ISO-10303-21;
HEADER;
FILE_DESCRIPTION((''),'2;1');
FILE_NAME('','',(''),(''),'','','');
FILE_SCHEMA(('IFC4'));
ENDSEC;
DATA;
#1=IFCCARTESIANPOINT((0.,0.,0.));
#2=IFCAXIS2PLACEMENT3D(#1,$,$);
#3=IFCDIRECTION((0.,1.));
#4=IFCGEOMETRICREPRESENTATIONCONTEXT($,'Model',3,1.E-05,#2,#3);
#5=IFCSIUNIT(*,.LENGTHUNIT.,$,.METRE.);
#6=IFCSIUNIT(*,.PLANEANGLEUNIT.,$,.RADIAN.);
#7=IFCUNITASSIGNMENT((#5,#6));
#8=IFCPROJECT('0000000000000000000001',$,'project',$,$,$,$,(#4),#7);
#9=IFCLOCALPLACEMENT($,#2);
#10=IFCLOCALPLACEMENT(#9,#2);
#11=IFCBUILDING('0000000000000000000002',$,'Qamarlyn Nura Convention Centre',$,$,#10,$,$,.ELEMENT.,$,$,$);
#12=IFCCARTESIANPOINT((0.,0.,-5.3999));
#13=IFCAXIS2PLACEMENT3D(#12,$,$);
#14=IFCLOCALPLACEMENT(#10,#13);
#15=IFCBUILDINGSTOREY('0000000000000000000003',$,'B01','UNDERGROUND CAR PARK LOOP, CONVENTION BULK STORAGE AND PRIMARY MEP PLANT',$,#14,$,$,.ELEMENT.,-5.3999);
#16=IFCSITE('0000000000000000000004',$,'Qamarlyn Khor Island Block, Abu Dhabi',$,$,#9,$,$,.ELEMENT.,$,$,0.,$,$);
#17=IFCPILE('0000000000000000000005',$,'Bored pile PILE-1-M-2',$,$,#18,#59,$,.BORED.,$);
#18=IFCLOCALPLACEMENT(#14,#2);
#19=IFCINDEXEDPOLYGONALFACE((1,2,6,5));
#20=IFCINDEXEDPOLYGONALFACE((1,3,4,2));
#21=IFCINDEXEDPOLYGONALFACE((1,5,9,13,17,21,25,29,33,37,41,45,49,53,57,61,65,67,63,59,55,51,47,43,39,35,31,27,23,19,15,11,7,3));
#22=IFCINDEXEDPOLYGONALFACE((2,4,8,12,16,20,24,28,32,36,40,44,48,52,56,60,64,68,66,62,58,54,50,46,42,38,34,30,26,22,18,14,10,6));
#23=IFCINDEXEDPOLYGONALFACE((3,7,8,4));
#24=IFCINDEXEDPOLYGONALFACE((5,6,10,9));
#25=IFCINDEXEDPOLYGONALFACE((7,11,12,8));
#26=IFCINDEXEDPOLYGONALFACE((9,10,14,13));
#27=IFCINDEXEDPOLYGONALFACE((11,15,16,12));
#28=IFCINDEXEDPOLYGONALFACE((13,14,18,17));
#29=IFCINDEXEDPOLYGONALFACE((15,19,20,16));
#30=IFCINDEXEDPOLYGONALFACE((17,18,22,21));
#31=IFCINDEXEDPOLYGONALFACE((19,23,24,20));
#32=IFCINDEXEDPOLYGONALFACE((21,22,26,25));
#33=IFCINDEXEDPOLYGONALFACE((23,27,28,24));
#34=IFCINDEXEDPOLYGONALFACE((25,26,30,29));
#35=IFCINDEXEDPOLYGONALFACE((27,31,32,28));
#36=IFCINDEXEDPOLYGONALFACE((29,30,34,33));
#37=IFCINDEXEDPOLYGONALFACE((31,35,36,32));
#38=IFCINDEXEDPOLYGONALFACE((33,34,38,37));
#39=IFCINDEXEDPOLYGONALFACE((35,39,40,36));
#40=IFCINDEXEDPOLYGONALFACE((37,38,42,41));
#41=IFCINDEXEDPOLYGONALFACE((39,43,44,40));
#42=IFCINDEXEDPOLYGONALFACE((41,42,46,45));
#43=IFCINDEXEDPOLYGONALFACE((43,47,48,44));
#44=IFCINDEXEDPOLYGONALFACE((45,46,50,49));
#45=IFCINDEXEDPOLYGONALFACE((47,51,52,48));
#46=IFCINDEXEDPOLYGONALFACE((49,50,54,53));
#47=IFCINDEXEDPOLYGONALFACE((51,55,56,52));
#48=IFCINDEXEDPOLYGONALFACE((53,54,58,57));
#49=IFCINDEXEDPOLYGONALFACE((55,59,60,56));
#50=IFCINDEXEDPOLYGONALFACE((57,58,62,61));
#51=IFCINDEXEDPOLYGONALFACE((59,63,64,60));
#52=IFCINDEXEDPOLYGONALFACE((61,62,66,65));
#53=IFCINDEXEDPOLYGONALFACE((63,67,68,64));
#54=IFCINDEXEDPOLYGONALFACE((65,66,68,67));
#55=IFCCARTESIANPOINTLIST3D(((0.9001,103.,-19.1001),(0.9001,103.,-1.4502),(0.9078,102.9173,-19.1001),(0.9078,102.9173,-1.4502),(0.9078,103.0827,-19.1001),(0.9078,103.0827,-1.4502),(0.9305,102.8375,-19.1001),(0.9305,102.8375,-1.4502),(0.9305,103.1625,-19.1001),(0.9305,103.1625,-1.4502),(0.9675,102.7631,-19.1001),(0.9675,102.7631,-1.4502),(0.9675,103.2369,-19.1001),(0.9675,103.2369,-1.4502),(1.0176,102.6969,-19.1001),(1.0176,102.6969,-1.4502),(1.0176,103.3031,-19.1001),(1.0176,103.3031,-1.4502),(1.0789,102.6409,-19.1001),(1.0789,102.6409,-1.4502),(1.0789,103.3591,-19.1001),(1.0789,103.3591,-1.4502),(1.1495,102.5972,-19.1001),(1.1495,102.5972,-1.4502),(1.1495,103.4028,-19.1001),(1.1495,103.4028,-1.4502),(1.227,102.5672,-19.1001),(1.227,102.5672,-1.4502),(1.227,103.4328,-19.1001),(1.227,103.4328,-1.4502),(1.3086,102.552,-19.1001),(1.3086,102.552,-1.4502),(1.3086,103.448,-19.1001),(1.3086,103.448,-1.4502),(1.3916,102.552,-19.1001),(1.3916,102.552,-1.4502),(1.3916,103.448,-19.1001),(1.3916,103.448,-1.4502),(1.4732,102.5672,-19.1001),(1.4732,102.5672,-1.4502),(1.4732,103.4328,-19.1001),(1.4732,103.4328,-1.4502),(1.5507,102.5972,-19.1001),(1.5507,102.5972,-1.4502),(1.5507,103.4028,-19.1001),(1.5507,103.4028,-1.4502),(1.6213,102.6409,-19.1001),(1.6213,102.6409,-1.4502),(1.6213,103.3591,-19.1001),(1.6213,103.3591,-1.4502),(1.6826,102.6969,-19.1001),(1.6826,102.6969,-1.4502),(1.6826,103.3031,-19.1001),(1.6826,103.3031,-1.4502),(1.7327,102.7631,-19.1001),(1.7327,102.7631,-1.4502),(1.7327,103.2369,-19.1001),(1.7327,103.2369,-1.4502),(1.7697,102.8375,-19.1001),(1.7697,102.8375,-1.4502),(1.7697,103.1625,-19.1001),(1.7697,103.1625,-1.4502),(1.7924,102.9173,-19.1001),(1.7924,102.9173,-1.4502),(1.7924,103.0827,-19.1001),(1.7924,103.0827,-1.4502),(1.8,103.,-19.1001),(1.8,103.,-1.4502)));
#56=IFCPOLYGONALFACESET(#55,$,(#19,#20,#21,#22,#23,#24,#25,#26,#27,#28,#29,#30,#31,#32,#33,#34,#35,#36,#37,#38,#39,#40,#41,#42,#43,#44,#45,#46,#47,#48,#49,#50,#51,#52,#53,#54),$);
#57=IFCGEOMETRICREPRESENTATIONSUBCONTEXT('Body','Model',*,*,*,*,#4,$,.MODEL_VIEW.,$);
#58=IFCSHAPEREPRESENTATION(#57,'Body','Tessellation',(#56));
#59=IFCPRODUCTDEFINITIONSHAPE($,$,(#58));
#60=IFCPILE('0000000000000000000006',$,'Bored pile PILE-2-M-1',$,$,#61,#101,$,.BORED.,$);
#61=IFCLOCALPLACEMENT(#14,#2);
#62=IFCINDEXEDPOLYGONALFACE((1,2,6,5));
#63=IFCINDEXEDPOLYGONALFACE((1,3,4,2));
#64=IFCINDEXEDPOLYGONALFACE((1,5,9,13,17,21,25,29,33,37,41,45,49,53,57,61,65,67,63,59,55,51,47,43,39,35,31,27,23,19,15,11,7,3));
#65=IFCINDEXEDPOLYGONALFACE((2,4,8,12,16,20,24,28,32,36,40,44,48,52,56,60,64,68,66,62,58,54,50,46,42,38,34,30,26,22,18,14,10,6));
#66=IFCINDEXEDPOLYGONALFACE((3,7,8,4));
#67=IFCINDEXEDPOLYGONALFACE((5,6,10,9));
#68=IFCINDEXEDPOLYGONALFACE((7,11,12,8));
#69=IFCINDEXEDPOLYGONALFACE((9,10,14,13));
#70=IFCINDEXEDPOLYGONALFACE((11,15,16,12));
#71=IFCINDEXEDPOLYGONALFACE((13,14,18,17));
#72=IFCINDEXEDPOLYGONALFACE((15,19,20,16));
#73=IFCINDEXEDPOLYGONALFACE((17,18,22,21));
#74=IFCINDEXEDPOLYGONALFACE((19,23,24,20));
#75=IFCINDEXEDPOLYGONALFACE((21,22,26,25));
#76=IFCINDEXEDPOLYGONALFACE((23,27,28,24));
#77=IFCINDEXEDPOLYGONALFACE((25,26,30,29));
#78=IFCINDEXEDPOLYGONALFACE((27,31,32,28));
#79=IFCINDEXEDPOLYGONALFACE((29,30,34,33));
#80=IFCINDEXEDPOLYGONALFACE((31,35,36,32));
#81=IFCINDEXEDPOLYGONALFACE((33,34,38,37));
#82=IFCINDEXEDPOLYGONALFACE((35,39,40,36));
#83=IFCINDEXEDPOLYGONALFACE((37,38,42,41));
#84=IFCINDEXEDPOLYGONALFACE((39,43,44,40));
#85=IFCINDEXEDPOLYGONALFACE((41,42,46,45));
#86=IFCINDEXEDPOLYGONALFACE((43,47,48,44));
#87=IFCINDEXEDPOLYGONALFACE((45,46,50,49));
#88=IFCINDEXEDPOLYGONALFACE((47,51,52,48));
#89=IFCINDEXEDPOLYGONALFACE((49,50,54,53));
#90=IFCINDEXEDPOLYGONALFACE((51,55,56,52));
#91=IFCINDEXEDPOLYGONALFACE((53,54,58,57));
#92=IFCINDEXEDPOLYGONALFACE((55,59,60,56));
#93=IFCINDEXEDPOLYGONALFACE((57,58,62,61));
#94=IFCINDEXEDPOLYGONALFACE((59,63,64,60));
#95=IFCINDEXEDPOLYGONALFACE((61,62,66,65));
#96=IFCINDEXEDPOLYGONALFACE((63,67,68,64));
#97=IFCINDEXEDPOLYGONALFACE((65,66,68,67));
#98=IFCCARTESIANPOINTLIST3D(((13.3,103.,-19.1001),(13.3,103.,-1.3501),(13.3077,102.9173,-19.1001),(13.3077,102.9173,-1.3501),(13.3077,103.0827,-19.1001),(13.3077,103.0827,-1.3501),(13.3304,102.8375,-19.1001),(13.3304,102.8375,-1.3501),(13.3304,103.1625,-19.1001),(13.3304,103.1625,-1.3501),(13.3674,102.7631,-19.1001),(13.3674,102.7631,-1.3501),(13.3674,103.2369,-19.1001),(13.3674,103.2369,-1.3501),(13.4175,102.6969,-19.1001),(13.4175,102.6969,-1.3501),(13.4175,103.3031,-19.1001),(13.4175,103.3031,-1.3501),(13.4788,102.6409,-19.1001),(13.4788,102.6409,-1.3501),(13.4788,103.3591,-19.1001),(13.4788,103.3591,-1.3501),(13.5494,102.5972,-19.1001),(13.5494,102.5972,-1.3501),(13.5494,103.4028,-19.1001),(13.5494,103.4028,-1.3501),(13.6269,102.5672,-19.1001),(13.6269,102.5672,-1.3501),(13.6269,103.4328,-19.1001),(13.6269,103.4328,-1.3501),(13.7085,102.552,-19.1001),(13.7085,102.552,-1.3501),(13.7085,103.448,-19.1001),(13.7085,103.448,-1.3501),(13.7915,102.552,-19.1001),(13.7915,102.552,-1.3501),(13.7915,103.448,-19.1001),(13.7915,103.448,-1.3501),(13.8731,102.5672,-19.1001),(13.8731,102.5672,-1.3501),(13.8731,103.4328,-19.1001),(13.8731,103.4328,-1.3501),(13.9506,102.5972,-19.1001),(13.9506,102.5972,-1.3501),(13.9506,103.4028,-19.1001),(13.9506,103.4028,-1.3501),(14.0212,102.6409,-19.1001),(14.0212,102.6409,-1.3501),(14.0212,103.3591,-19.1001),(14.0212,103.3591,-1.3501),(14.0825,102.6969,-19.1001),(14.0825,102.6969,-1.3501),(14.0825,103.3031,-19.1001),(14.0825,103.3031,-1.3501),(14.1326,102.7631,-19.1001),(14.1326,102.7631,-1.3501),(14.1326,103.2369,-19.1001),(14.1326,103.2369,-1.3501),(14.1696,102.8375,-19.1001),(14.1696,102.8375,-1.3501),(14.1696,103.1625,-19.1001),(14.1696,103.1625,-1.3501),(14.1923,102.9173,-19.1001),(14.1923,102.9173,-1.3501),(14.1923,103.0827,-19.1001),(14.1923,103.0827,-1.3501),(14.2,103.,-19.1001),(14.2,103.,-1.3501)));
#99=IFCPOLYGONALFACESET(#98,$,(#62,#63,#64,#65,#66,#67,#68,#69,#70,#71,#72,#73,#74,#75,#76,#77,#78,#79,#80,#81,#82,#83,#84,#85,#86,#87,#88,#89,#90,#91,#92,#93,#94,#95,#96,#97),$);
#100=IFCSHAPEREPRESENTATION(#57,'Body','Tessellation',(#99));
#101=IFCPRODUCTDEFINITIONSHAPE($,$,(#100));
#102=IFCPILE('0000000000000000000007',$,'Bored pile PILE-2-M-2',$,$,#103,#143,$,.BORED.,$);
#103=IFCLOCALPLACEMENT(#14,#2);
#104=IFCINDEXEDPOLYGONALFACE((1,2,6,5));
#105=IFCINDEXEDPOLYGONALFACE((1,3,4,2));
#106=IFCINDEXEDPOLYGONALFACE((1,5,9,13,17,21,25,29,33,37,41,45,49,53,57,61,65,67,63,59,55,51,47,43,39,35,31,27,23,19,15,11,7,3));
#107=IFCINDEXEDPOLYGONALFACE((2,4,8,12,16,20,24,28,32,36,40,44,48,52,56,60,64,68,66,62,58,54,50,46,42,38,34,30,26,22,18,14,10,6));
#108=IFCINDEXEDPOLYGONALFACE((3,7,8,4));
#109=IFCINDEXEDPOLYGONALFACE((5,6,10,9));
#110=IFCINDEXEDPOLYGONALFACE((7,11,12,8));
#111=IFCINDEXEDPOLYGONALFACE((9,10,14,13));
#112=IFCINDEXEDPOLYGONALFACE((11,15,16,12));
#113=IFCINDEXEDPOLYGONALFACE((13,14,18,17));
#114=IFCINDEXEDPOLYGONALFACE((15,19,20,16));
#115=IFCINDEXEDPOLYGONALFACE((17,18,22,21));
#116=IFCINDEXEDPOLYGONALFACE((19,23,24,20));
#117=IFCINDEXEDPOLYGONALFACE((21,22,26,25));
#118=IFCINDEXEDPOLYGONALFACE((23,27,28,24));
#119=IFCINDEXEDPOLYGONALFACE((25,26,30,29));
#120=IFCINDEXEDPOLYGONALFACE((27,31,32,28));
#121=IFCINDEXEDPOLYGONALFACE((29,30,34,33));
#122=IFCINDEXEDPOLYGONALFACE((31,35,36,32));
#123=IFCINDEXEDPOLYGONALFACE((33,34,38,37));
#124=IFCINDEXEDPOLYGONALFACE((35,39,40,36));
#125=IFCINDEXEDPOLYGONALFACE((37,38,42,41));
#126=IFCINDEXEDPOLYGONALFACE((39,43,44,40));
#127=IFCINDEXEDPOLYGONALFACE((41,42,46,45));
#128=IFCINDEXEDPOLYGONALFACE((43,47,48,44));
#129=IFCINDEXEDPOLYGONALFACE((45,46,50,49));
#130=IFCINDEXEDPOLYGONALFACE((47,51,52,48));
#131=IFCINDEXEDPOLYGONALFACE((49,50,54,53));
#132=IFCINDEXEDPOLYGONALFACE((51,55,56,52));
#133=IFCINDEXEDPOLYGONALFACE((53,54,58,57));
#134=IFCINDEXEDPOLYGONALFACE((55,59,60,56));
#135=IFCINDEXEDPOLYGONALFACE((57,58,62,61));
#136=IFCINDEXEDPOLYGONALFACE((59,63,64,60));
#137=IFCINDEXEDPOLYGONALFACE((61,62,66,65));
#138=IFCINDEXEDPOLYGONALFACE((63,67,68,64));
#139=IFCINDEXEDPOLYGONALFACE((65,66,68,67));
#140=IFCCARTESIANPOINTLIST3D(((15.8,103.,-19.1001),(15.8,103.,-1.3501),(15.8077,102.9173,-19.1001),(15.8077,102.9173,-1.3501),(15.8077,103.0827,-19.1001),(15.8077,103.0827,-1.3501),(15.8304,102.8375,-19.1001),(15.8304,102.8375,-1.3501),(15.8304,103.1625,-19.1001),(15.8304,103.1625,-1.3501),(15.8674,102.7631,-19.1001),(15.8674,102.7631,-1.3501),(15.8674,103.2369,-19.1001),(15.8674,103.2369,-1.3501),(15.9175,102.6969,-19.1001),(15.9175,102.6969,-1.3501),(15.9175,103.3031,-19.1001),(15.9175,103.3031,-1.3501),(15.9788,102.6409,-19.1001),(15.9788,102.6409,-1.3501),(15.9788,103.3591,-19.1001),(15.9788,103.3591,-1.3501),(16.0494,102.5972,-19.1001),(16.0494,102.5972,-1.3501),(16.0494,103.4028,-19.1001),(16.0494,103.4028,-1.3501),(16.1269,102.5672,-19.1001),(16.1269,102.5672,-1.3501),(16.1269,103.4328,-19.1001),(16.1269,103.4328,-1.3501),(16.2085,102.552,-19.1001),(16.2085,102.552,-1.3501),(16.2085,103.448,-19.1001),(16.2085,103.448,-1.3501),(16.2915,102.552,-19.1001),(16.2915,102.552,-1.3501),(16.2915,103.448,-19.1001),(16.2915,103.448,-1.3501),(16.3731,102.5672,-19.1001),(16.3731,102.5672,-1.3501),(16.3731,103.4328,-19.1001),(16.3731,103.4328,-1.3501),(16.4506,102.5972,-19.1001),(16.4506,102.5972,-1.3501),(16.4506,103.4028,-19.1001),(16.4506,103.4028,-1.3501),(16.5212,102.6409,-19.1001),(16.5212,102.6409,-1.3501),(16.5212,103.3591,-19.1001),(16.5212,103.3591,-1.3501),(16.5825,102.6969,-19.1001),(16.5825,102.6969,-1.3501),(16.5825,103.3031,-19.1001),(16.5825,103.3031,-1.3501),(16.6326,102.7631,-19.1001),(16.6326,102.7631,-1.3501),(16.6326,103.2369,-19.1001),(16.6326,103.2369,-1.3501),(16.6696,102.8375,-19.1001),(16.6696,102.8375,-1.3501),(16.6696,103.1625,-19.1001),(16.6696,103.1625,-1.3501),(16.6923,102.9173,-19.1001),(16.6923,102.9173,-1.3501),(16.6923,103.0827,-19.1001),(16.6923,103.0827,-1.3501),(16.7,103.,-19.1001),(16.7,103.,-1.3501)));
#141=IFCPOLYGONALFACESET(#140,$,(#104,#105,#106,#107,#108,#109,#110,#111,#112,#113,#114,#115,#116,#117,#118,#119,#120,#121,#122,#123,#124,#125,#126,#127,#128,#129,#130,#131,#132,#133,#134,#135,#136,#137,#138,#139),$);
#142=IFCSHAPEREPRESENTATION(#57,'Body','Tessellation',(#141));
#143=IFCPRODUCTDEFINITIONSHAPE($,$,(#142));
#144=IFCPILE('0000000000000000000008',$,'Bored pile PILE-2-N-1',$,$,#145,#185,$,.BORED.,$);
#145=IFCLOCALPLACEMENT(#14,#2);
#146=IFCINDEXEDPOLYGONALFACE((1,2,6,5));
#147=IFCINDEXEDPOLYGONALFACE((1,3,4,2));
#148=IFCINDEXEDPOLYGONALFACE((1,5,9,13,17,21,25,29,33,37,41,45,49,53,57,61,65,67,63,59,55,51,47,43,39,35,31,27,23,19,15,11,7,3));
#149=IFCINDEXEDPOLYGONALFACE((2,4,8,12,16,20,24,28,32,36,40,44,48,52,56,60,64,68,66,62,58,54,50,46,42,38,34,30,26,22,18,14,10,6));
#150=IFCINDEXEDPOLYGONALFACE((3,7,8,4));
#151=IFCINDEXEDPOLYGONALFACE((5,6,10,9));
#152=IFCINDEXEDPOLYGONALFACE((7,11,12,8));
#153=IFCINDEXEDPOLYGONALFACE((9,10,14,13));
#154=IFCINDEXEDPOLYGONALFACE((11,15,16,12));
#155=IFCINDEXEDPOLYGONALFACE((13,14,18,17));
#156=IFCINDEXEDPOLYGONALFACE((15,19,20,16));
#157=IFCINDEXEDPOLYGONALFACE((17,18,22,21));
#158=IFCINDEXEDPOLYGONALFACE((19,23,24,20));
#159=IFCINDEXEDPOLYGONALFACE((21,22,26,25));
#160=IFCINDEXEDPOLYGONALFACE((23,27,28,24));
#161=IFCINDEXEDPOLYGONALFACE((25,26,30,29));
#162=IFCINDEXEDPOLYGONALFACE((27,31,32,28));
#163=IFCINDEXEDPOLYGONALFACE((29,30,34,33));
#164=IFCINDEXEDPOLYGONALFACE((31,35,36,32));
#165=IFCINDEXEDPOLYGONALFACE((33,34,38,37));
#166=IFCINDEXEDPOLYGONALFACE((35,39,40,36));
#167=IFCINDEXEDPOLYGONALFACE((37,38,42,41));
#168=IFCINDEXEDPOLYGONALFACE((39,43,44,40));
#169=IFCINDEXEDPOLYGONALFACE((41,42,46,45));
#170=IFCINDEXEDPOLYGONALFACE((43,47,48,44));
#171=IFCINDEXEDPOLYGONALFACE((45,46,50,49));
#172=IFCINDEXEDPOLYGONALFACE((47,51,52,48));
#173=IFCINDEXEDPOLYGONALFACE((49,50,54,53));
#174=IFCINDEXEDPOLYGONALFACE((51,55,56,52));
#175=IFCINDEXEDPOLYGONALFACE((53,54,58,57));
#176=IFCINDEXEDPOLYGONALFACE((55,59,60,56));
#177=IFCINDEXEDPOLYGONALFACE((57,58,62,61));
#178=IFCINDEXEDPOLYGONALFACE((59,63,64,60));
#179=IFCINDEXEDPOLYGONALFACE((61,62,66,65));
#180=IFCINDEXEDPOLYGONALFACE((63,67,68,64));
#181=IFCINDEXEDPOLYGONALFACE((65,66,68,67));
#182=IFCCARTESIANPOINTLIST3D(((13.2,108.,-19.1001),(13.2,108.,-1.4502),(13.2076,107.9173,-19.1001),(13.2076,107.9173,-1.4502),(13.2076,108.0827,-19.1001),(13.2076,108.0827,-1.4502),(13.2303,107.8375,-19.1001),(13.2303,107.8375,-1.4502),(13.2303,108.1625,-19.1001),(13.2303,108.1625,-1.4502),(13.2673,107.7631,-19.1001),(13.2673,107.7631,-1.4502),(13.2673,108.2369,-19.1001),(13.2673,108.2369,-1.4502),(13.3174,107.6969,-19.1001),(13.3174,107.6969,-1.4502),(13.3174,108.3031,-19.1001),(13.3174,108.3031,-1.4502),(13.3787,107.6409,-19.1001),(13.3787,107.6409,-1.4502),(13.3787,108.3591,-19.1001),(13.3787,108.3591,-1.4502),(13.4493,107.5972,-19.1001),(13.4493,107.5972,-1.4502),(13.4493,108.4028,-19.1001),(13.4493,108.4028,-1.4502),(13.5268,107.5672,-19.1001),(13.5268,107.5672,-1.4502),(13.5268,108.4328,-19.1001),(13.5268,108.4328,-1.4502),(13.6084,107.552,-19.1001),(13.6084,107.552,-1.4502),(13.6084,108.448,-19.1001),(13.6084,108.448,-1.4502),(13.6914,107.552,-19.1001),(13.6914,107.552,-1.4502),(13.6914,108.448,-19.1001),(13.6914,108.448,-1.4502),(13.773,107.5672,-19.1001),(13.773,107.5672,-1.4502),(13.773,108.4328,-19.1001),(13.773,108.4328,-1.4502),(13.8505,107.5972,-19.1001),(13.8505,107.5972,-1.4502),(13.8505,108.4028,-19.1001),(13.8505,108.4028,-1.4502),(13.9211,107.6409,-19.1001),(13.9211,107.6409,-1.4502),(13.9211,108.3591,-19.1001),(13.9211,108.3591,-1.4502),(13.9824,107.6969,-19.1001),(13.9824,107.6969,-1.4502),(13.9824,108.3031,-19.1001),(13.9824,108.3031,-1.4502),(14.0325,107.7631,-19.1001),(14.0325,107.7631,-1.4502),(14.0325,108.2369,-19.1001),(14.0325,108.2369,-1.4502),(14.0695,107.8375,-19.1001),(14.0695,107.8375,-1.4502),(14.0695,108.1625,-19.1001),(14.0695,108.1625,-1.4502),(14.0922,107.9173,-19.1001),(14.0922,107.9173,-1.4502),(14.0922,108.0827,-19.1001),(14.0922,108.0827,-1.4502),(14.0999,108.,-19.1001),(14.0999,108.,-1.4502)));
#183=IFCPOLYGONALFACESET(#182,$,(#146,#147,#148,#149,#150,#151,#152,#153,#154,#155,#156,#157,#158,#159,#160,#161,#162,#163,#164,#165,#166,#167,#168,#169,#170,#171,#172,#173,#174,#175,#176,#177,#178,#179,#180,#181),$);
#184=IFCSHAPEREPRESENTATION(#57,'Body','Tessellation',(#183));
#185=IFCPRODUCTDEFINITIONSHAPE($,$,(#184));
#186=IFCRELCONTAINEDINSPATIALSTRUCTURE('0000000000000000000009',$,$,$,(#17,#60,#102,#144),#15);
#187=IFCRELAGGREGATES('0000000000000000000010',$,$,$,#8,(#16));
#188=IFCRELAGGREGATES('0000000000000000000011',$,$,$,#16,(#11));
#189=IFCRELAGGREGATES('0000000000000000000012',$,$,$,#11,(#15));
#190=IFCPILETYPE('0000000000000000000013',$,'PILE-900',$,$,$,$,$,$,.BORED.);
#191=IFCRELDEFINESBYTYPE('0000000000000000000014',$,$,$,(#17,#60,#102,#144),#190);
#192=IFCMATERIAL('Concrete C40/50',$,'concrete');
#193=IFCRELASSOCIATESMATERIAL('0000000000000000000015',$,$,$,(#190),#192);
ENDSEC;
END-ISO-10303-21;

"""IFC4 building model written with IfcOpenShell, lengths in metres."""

from ifc_helpers import new_model, si_unit, direction, frame, origin, origin_2d, place, context, subcontext, project, spatial, circle, extrude, material, material_profile, profile_set, type_object, element, save


model = new_model("IFC4")

# Units and contexts
model_context = context("Model", 3, precision=1e-05, world=origin(), true_north=direction((0.0, 1.0)))
body_context = subcontext(model_context, "Body", "Model", "MODEL_VIEW")
ifc_project = project(units=[si_unit("LENGTHUNIT", "METRE"), si_unit("PLANEANGLEUNIT", "RADIAN")], contexts=[model_context])

# Site, building, storey
site_placement = place(None, origin())
site = spatial("IfcSite", under=ifc_project, at=site_placement, Name="Qamarlyn Khor Island Block, Abu Dhabi", CompositionType="ELEMENT", RefElevation=0.0)
building_placement = place(site_placement, origin())
building = spatial("IfcBuilding", under=site, at=building_placement, Name="Qamarlyn Nura Convention Centre", CompositionType="ELEMENT")
storey_placement = place(building_placement, frame((0.0, 0.0, -5.3999)))
storey = spatial("IfcBuildingStorey", under=building, at=storey_placement, Name="B01", Description="UNDERGROUND CAR PARK LOOP, CONVENTION BULK STORAGE AND PRIMARY MEP PLANT", CompositionType="ELEMENT", Elevation=-5.3999)

# Shared definitions
ifc_material_1 = material(Name="Concrete C40/50", Category="concrete")

# Piles
ifc_material_profile_1 = material_profile(ifc_material_1, circle(Radius=0.45, at=origin_2d()), Name="BORED PILE 900")
ifc_profile_set_1 = profile_set([ifc_material_profile_1], Name="Concrete C40/50")
pile_type_1 = type_object("IfcPileType", Name="PILE-900", PredefinedType="BORED", material=ifc_profile_set_1)
for number, where, z_axis, x_axis, name in (
    (1, (1.3501, 103.0, -1.4502), (0.0, 0.0, -1.0), (1.0, 0.0, 0.0), "Bored pile PILE-1-M-2"),
):
    element("IfcPile", number, at=place(storey_placement, frame(where, z_axis=z_axis, x_axis=x_axis)), inside=storey, type_object=pile_type_1, Name=name, PredefinedType="BORED", context=body_context, shape_type="SweptSolid", body=[
        extrude(circle(Radius=0.45, at=origin_2d()), origin(), (0.0, 0.0, 1.0), 17.6499),
    ])
for number, where, z_axis, x_axis, name in (
    (2, (13.75, 103.0, -1.3501), (0.0, 0.0, -1.0), (1.0, 0.0, 0.0), "Bored pile PILE-2-M-1"),
    (3, (16.25, 103.0, -1.3501), (0.0, 0.0, -1.0), (1.0, 0.0, 0.0), "Bored pile PILE-2-M-2"),
):
    element("IfcPile", number, at=place(storey_placement, frame(where, z_axis=z_axis, x_axis=x_axis)), inside=storey, type_object=pile_type_1, Name=name, PredefinedType="BORED", context=body_context, shape_type="SweptSolid", body=[
        extrude(circle(Radius=0.45, at=origin_2d()), origin(), (0.0, 0.0, 1.0), 17.75),
    ])
for number, where, z_axis, x_axis, name in (
    (4, (13.6499, 108.0, -1.4502), (0.0, 0.0, -1.0), (1.0, 0.0, 0.0), "Bored pile PILE-2-N-1"),
):
    element("IfcPile", number, at=place(storey_placement, frame(where, z_axis=z_axis, x_axis=x_axis)), inside=storey, type_object=pile_type_1, Name=name, PredefinedType="BORED", context=body_context, shape_type="SweptSolid", body=[
        extrude(circle(Radius=0.45, at=origin_2d()), origin(), (0.0, 0.0, 1.0), 17.6499),
    ])

save(model, "model.ifc")
